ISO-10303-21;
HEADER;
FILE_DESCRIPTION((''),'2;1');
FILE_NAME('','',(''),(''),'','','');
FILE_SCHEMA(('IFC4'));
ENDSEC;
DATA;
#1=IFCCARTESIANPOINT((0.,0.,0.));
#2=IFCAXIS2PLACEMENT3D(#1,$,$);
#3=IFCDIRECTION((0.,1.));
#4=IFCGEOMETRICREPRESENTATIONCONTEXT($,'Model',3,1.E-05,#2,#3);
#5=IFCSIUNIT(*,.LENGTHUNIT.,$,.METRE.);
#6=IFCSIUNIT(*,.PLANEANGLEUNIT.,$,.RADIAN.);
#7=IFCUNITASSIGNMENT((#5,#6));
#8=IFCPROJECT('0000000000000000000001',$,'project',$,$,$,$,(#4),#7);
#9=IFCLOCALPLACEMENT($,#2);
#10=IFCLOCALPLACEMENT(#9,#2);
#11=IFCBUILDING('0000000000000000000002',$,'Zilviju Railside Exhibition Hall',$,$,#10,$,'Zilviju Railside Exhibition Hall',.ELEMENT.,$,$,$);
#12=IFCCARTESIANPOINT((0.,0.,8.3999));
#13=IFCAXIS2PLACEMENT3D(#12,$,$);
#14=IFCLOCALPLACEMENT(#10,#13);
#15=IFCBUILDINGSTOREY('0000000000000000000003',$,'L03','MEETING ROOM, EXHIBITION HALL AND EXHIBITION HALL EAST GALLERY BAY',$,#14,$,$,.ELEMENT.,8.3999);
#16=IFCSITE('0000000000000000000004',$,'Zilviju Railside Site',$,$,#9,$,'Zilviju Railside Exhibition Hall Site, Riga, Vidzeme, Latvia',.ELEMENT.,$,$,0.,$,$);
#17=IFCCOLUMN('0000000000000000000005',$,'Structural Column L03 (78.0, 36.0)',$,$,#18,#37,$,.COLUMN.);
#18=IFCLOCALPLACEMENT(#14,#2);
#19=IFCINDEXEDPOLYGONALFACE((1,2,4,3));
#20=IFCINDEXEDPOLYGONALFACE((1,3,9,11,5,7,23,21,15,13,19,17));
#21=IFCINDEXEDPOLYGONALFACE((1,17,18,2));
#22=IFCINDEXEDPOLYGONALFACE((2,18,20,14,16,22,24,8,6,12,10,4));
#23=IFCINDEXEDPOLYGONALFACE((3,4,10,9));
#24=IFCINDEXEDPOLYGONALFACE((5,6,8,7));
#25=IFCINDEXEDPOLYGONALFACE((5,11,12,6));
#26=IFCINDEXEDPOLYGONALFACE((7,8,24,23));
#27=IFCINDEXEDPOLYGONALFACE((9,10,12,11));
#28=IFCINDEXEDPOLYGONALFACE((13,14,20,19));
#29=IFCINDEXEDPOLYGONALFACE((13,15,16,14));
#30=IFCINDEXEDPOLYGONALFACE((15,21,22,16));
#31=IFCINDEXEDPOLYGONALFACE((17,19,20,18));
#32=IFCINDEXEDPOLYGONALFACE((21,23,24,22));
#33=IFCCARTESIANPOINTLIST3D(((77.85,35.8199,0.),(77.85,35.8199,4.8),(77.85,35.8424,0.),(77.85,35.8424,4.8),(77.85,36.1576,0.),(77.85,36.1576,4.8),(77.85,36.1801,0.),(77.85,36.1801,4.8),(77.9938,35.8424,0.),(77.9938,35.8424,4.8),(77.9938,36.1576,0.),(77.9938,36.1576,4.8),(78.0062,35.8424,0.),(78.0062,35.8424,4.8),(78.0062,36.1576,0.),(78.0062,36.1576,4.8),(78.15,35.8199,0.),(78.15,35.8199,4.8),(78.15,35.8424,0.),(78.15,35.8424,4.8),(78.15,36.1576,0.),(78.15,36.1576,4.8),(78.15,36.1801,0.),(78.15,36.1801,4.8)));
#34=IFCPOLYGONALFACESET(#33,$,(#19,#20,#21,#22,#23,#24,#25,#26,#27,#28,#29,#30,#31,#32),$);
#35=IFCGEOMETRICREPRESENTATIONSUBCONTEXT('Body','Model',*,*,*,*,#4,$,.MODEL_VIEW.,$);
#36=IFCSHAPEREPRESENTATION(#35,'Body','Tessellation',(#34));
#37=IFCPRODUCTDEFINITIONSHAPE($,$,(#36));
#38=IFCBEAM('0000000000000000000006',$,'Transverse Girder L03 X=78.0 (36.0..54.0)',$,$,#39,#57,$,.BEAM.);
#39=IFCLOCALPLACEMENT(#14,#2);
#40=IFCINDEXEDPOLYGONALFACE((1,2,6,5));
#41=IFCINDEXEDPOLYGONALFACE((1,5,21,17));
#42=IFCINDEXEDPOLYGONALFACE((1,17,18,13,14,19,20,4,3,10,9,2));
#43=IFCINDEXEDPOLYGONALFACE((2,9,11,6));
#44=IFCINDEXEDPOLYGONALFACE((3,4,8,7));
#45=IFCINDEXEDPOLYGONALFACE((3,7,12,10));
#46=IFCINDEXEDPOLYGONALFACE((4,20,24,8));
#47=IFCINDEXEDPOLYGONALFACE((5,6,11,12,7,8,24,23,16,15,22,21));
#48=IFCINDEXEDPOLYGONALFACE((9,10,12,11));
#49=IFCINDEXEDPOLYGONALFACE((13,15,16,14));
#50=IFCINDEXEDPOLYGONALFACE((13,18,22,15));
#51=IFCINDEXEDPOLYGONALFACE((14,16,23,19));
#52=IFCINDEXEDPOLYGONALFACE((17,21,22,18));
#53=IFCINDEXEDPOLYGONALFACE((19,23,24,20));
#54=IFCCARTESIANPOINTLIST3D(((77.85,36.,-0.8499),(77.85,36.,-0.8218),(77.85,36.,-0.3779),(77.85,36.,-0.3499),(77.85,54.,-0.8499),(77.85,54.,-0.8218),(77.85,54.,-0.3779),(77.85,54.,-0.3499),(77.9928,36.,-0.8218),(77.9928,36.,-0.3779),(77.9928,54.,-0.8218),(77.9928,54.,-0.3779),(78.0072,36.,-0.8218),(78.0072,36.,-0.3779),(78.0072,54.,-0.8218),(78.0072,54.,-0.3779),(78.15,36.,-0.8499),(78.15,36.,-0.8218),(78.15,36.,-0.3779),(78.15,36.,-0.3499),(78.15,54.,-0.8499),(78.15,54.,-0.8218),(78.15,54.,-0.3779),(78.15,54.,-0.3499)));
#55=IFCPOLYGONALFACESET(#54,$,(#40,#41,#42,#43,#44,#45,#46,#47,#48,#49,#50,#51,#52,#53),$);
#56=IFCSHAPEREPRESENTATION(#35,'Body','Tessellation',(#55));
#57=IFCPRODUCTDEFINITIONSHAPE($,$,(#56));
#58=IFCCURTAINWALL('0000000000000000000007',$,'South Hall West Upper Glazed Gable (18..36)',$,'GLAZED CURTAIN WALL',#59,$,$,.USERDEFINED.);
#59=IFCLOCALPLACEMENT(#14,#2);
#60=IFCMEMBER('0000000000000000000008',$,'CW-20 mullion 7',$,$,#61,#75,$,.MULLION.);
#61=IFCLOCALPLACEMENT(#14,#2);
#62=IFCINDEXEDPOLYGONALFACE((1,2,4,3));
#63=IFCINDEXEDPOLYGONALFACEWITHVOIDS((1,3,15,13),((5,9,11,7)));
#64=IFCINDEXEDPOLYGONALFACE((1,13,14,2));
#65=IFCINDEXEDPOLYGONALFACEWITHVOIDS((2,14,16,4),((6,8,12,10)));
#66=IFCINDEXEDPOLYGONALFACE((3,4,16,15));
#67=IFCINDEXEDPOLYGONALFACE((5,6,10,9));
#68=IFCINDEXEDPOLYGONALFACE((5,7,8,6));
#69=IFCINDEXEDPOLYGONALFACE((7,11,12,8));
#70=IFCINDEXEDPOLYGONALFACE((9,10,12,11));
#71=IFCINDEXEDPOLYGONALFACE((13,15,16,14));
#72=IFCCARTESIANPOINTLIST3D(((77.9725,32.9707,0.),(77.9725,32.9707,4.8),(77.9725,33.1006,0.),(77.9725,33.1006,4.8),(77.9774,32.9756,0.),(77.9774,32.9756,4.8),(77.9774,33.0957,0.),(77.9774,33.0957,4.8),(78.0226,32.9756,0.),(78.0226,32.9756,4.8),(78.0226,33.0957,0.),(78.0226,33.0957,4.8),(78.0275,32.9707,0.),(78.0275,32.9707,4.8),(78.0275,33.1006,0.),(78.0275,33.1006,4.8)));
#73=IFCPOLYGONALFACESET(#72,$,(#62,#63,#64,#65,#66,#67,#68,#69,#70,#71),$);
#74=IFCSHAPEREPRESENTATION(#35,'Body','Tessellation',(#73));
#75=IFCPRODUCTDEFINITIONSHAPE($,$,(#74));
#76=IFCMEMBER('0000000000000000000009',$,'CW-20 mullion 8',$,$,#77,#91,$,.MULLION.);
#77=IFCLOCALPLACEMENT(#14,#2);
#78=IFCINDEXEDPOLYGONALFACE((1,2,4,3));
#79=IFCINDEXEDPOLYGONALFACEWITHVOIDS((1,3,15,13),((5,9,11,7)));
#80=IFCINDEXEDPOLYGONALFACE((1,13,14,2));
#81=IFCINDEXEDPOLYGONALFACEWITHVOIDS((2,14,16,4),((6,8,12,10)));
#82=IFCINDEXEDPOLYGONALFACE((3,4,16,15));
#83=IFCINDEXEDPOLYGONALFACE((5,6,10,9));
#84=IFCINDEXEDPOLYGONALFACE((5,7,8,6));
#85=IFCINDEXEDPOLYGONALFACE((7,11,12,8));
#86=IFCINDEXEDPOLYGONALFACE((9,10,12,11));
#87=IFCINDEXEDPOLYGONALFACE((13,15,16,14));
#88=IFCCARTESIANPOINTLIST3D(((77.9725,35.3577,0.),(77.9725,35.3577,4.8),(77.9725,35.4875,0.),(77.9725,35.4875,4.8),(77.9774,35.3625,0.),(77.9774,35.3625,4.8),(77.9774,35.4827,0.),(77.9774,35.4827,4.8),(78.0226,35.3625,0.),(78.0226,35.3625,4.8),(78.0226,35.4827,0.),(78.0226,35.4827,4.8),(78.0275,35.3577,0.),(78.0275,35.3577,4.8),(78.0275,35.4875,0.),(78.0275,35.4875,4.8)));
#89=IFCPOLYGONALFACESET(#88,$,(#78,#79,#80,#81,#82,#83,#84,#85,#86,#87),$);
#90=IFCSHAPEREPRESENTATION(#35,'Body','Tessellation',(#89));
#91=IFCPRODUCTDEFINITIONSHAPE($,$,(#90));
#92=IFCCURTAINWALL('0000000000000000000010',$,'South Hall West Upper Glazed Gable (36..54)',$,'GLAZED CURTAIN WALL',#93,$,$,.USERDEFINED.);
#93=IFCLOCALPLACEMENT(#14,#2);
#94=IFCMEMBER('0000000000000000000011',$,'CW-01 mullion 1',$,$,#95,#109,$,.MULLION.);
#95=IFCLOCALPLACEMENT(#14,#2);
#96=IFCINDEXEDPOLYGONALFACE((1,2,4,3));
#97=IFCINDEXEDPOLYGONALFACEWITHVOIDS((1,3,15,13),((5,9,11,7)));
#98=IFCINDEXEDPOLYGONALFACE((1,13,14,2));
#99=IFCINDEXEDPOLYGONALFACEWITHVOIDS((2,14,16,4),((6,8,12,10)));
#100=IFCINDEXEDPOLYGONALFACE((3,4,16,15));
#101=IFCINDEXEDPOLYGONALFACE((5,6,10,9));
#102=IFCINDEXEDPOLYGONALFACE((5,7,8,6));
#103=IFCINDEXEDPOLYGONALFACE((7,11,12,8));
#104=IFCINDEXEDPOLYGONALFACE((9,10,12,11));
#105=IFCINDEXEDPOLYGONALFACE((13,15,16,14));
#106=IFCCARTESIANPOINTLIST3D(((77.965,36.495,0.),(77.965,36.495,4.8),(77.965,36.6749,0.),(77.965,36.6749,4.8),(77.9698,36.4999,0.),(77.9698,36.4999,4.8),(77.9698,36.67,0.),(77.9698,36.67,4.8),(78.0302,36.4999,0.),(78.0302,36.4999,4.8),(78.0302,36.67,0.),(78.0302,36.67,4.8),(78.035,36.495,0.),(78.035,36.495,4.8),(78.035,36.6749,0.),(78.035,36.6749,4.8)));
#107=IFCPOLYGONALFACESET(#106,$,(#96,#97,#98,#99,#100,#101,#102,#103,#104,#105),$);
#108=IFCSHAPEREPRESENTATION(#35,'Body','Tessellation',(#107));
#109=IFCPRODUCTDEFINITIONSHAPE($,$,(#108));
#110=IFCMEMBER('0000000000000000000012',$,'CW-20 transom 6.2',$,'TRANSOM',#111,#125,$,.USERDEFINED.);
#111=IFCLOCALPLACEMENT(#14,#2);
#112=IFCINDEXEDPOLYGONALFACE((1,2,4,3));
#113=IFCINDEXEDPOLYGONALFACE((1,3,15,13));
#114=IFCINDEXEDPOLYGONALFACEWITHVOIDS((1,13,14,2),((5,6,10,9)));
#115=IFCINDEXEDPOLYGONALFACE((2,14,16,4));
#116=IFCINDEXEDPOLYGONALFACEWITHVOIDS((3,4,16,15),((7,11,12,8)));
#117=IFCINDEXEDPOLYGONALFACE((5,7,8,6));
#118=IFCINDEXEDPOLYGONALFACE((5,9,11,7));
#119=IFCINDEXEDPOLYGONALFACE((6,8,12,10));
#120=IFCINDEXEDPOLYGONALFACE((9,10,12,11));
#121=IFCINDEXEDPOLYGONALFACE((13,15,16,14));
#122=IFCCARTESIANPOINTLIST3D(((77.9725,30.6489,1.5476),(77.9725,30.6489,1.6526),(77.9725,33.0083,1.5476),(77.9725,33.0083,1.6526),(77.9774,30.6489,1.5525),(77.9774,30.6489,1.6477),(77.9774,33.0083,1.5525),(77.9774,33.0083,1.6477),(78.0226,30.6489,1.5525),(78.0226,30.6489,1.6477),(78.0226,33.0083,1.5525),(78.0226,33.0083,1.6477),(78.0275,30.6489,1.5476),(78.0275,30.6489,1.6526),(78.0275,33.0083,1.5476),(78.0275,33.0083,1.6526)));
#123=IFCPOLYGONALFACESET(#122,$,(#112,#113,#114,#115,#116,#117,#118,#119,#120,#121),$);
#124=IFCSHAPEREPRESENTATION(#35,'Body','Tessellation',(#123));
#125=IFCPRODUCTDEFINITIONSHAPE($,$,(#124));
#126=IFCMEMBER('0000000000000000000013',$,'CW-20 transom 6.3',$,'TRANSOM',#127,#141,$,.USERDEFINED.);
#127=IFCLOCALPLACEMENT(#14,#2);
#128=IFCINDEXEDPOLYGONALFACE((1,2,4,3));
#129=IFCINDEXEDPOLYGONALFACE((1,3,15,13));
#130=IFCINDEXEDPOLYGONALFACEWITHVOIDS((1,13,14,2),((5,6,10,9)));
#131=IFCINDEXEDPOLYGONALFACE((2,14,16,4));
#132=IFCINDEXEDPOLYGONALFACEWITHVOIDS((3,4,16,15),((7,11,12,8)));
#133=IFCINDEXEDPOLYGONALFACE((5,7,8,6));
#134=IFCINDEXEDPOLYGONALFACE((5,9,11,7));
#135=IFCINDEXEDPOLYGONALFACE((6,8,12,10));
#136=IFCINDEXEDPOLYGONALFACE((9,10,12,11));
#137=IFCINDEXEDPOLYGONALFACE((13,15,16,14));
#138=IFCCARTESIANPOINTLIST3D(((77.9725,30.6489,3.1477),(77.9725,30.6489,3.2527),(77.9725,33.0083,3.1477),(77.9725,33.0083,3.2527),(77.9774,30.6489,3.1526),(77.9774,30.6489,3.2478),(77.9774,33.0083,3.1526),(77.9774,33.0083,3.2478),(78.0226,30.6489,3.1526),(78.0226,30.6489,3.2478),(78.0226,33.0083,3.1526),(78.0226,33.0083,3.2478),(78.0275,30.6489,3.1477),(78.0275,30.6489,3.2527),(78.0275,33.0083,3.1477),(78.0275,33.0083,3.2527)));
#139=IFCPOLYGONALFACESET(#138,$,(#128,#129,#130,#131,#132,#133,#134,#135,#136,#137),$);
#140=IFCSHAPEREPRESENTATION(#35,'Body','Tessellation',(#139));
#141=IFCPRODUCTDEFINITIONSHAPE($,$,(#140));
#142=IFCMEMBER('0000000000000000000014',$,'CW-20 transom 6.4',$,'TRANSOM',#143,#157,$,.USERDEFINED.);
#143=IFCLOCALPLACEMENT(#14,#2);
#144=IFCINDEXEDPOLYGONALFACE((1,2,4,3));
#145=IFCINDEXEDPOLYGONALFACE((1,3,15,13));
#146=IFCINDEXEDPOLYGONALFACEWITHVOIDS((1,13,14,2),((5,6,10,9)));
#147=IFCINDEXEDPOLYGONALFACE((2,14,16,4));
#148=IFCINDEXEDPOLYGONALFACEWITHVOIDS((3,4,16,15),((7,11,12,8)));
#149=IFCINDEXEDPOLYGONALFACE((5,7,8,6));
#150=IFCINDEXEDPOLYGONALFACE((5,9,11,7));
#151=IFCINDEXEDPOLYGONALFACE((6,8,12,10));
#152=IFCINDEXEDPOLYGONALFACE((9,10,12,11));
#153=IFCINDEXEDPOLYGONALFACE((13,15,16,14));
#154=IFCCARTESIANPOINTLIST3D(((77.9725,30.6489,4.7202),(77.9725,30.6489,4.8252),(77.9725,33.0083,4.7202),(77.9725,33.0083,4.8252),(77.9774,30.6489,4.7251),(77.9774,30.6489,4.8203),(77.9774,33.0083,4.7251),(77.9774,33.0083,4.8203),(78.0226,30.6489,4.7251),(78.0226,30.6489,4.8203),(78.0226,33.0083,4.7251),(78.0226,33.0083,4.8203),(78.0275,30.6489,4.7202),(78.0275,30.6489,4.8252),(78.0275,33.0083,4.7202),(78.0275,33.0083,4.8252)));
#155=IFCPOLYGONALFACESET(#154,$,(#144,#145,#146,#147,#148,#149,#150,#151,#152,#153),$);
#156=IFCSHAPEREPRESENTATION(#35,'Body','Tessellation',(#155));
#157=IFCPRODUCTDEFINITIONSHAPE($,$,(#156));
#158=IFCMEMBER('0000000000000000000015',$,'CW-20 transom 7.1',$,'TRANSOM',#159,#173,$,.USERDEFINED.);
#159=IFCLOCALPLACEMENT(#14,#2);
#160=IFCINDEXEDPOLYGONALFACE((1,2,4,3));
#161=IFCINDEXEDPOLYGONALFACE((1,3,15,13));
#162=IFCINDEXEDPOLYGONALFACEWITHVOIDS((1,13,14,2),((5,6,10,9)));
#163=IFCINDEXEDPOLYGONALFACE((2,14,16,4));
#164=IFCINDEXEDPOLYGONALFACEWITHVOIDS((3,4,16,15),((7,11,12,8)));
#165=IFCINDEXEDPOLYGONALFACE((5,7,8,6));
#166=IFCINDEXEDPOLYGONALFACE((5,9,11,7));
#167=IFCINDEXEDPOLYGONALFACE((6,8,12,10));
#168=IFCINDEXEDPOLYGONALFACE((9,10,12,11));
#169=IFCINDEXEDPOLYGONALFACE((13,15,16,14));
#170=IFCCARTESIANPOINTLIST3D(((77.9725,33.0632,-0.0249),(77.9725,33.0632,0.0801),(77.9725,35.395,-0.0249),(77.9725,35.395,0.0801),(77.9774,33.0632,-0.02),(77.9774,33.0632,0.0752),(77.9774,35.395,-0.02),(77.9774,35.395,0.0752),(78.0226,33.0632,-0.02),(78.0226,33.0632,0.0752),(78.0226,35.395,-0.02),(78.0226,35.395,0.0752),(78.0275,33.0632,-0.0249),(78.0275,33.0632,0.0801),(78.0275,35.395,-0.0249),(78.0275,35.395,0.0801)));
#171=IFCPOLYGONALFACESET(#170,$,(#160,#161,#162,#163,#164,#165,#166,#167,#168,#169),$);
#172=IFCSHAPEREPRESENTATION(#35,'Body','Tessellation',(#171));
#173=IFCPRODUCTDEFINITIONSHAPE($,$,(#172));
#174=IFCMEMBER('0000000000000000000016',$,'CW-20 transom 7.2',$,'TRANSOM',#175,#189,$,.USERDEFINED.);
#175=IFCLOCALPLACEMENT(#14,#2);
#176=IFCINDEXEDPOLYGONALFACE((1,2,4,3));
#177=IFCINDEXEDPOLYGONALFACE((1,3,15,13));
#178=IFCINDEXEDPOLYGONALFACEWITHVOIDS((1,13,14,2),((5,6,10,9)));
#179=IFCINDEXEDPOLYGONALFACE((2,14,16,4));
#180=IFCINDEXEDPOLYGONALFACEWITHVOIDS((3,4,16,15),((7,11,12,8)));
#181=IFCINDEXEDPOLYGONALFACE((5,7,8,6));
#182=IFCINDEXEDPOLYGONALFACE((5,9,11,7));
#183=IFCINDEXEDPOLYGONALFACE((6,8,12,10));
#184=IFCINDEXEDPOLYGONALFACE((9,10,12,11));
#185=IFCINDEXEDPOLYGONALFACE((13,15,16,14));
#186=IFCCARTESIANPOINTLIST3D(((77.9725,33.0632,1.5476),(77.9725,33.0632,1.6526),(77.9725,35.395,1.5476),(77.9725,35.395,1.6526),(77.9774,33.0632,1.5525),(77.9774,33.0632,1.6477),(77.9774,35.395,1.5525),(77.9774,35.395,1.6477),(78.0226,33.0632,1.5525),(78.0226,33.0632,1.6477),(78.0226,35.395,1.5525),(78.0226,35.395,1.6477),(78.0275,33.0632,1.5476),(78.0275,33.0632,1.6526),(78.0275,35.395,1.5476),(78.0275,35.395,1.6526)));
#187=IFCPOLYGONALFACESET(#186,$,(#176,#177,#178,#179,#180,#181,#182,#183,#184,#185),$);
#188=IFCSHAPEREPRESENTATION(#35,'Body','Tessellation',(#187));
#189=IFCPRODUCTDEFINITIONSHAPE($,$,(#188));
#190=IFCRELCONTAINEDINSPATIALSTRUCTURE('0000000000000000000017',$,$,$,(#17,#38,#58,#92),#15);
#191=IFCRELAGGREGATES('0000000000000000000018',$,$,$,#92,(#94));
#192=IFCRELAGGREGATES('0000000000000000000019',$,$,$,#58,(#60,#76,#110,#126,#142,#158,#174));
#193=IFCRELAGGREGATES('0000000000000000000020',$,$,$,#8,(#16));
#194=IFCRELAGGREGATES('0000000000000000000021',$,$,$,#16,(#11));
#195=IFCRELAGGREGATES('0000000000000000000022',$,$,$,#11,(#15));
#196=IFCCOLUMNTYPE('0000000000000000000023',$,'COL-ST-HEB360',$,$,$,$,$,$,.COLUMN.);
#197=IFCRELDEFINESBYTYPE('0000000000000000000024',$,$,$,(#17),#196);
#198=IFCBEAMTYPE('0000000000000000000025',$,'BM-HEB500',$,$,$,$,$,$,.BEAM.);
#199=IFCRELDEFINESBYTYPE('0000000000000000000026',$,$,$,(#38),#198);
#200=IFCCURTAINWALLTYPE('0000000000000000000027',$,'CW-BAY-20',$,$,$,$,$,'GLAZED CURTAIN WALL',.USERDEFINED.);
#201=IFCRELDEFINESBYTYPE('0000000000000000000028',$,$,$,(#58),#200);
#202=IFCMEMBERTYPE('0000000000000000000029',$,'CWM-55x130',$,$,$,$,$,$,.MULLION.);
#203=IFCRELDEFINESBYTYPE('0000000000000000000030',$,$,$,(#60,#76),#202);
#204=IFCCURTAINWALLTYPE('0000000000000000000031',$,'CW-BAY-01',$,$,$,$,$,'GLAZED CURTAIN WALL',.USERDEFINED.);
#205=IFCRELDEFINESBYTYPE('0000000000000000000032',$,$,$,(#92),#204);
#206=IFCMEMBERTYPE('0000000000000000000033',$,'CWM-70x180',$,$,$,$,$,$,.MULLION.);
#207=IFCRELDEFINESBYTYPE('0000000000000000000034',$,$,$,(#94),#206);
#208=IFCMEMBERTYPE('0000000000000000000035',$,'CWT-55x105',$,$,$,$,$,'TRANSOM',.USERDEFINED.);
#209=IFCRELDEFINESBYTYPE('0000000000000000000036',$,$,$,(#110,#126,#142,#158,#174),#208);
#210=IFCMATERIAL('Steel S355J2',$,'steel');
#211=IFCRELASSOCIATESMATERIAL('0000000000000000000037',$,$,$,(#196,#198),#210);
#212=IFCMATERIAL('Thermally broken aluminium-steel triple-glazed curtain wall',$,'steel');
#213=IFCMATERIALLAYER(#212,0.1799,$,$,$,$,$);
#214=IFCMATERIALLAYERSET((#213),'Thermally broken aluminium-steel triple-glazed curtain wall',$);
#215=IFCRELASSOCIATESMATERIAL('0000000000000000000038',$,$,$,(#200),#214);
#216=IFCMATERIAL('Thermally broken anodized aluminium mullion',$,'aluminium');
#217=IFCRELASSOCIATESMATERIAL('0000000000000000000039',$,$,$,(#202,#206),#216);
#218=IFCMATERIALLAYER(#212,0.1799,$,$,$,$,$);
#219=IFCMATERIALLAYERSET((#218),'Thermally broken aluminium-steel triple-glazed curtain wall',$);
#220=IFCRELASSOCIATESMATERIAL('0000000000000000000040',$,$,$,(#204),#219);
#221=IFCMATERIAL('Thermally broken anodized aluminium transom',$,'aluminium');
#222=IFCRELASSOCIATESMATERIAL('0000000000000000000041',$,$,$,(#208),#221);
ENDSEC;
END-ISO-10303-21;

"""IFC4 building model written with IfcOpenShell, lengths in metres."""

from ifc_helpers import new_model, si_unit, direction, frame, origin, origin_2d, place, context, subcontext, project, spatial, hollow_rectangle, i_section, extrude, material, layer, layer_set, material_profile, profile_set, type_object, element, aggregate, save


model = new_model("IFC4")

# Units and contexts
model_context = context("Model", 3, precision=1e-05, world=origin(), true_north=direction((0.0, 1.0)))
body_context = subcontext(model_context, "Body", "Model", "MODEL_VIEW")
ifc_project = project(units=[si_unit("LENGTHUNIT", "METRE"), si_unit("PLANEANGLEUNIT", "RADIAN")], contexts=[model_context])

# Site, building, storey
site_placement = place(None, origin())
site = spatial("IfcSite", under=ifc_project, at=site_placement, Name="Zilviju Railside Site", LongName="Zilviju Railside Exhibition Hall Site, Riga, Vidzeme, Latvia", CompositionType="ELEMENT", RefElevation=0.0)
building_placement = place(site_placement, origin())
building = spatial("IfcBuilding", under=site, at=building_placement, Name="Zilviju Railside Exhibition Hall", LongName="Zilviju Railside Exhibition Hall", CompositionType="ELEMENT")
storey_placement = place(building_placement, frame((0.0, 0.0, 8.3999)))
storey = spatial("IfcBuildingStorey", under=building, at=storey_placement, Name="L03", Description="MEETING ROOM, EXHIBITION HALL AND EXHIBITION HALL EAST GALLERY BAY", CompositionType="ELEMENT", Elevation=8.3999)

# Column
ifc_material_1 = material(Name="Steel S355J2", Category="steel")
ifc_material_profile_1 = material_profile(ifc_material_1, i_section(OverallWidth=0.3, OverallDepth=0.3601, WebThickness=0.0125, FlangeThickness=0.0225, at=origin_2d()), Name="HEB 360")
ifc_profile_set_1 = profile_set([ifc_material_profile_1], Name="Steel S355J2")
column_type = type_object("IfcColumnType", Name="COL-ST-HEB360", PredefinedType="COLUMN", material=ifc_profile_set_1)
column_placement = place(storey_placement, frame((78.0, 36.0, 0.0), z_axis=(0.0, 0.0, 1.0), x_axis=(1.0, 0.0, 0.0)))
element("IfcColumn", 1, at=column_placement, inside=storey, type_object=column_type, Name="Structural Column L03 (78.0, 36.0)", PredefinedType="COLUMN", context=body_context, shape_type="SweptSolid", body=[
    extrude(i_section(OverallWidth=0.3, OverallDepth=0.3601, WebThickness=0.0125, FlangeThickness=0.0225, at=origin_2d()), origin(), (0.0, 0.0, 1.0), 4.8),
])

# Beam
ifc_material_profile_2 = material_profile(ifc_material_1, i_section(OverallWidth=0.3, OverallDepth=0.5, WebThickness=0.0144, FlangeThickness=0.0281, at=origin_2d()), Name="HEB 500")
ifc_profile_set_2 = profile_set([ifc_material_profile_2], Name="Steel S355J2")
beam_type = type_object("IfcBeamType", Name="BM-HEB500", PredefinedType="BEAM", material=ifc_profile_set_2)
beam_placement = place(storey_placement, frame((78.0, 36.0, -0.5999), z_axis=(0.0, 1.0, 0.0), x_axis=(-1.0, 0.0, 0.0)))
element("IfcBeam", 2, at=beam_placement, inside=storey, type_object=beam_type, Name="Transverse Girder L03 X=78.0 (36.0..54.0)", PredefinedType="BEAM", context=body_context, shape_type="SweptSolid", body=[
    extrude(i_section(OverallWidth=0.3, OverallDepth=0.5, WebThickness=0.0144, FlangeThickness=0.0281, at=origin_2d()), origin(), (0.0, 0.0, 1.0), 18.0),
])

# Curtain wall, members
ifc_material_2 = material(Name="Thermally broken aluminium-steel triple-glazed curtain wall", Category="steel")
ifc_layer_1 = layer(ifc_material_2, 0.1799)
ifc_layer_set_1 = layer_set([ifc_layer_1], Name="Thermally broken aluminium-steel triple-glazed curtain wall")
curtain_wall_type_1 = type_object("IfcCurtainWallType", Name="CW-BAY-20", ElementType="GLAZED CURTAIN WALL", PredefinedType="USERDEFINED", material=ifc_layer_set_1)
curtain_wall_1_placement = place(storey_placement, origin())
curtain_wall_1 = element("IfcCurtainWall", 3, at=curtain_wall_1_placement, inside=storey, type_object=curtain_wall_type_1, Name="South Hall West Upper Glazed Gable (18..36)", ObjectType="GLAZED CURTAIN WALL", PredefinedType="USERDEFINED")
ifc_material_3 = material(Name="Thermally broken anodized aluminium mullion", Category="aluminium")
ifc_material_profile_3 = material_profile(ifc_material_3, hollow_rectangle(XDim=0.0549, YDim=0.1299, WallThickness=0.0049, at=origin_2d()), Name="MULLION 130x55x5")
ifc_profile_set_3 = profile_set([ifc_material_profile_3], Name="Thermally broken anodized aluminium mullion")
member_type_1 = type_object("IfcMemberType", Name="CWM-55x130", PredefinedType="MULLION", material=ifc_profile_set_3)
member_1_placement = place(storey_placement, frame((78.0, 33.0356, 0.0), z_axis=(0.0, 0.0, 1.0), x_axis=(-1.0, 0.0, 0.0)))
member_1 = element("IfcMember", 4, at=member_1_placement, type_object=member_type_1, Name="CW-20 mullion 7", PredefinedType="MULLION", context=body_context, shape_type="SweptSolid", body=[
    extrude(hollow_rectangle(XDim=0.0549, YDim=0.1299, WallThickness=0.0049, at=origin_2d()), origin(), (0.0, 0.0, 1.0), 4.8),
])
member_2_placement = place(storey_placement, frame((78.0, 35.4226, 0.0), z_axis=(0.0, 0.0, 1.0), x_axis=(-1.0, 0.0, 0.0)))
member_2 = element("IfcMember", 5, at=member_2_placement, type_object=member_type_1, Name="CW-20 mullion 8", PredefinedType="MULLION", context=body_context, shape_type="SweptSolid", body=[
    extrude(hollow_rectangle(XDim=0.0549, YDim=0.1299, WallThickness=0.0049, at=origin_2d()), origin(), (0.0, 0.0, 1.0), 4.8),
])

# Curtain wall, member
ifc_layer_2 = layer(ifc_material_2, 0.1799)
ifc_layer_set_2 = layer_set([ifc_layer_2], Name="Thermally broken aluminium-steel triple-glazed curtain wall")
curtain_wall_type_2 = type_object("IfcCurtainWallType", Name="CW-BAY-01", ElementType="GLAZED CURTAIN WALL", PredefinedType="USERDEFINED", material=ifc_layer_set_2)
curtain_wall_2_placement = place(storey_placement, origin())
curtain_wall_2 = element("IfcCurtainWall", 6, at=curtain_wall_2_placement, inside=storey, type_object=curtain_wall_type_2, Name="South Hall West Upper Glazed Gable (36..54)", ObjectType="GLAZED CURTAIN WALL", PredefinedType="USERDEFINED")
ifc_material_profile_4 = material_profile(ifc_material_3, hollow_rectangle(XDim=0.0701, YDim=0.1799, WallThickness=0.0049, at=origin_2d()), Name="MULLION 180x70x5")
ifc_profile_set_4 = profile_set([ifc_material_profile_4], Name="Thermally broken anodized aluminium mullion")
member_type_2 = type_object("IfcMemberType", Name="CWM-70x180", PredefinedType="MULLION", material=ifc_profile_set_4)
member_3_placement = place(storey_placement, frame((78.0, 36.585, 0.0), z_axis=(0.0, 0.0, 1.0), x_axis=(-1.0, 0.0, 0.0)))
member_3 = element("IfcMember", 7, at=member_3_placement, type_object=member_type_2, Name="CW-01 mullion 1", PredefinedType="MULLION", context=body_context, shape_type="SweptSolid", body=[
    extrude(hollow_rectangle(XDim=0.0701, YDim=0.1799, WallThickness=0.0049, at=origin_2d()), origin(), (0.0, 0.0, 1.0), 4.8),
])

# Members
ifc_material_4 = material(Name="Thermally broken anodized aluminium transom", Category="aluminium")
ifc_material_profile_5 = material_profile(ifc_material_4, hollow_rectangle(XDim=0.0549, YDim=0.105, WallThickness=0.0049, at=origin_2d()), Name="TRANSOM 105x55x5")
ifc_profile_set_5 = profile_set([ifc_material_profile_5], Name="Thermally broken anodized aluminium transom")
member_type_3 = type_object("IfcMemberType", Name="CWT-55x105", ElementType="TRANSOM", PredefinedType="USERDEFINED", material=ifc_profile_set_5)
member_4_placement = place(storey_placement, frame((78.0, 30.6489, 1.6001), z_axis=(0.0, 1.0, 0.0), x_axis=(-1.0, 0.0, 0.0)))
member_4 = element("IfcMember", 8, at=member_4_placement, type_object=member_type_3, Name="CW-20 transom 6.2", ObjectType="TRANSOM", PredefinedType="USERDEFINED", context=body_context, shape_type="SweptSolid", body=[
    extrude(hollow_rectangle(XDim=0.0549, YDim=0.105, WallThickness=0.0049, at=origin_2d()), origin(), (0.0, 0.0, 1.0), 2.3594),
])
member_5_placement = place(storey_placement, frame((78.0, 30.6489, 3.2002), z_axis=(0.0, 1.0, 0.0), x_axis=(-1.0, 0.0, 0.0)))
member_5 = element("IfcMember", 9, at=member_5_placement, type_object=member_type_3, Name="CW-20 transom 6.3", ObjectType="TRANSOM", PredefinedType="USERDEFINED", context=body_context, shape_type="SweptSolid", body=[
    extrude(hollow_rectangle(XDim=0.0549, YDim=0.105, WallThickness=0.0049, at=origin_2d()), origin(), (0.0, 0.0, 1.0), 2.3594),
])
member_6_placement = place(storey_placement, frame((78.0, 30.6489, 4.7727), z_axis=(0.0, 1.0, 0.0), x_axis=(-1.0, 0.0, 0.0)))
member_6 = element("IfcMember", 10, at=member_6_placement, type_object=member_type_3, Name="CW-20 transom 6.4", ObjectType="TRANSOM", PredefinedType="USERDEFINED", context=body_context, shape_type="SweptSolid", body=[
    extrude(hollow_rectangle(XDim=0.0549, YDim=0.105, WallThickness=0.0049, at=origin_2d()), origin(), (0.0, 0.0, 1.0), 2.3594),
])
member_7_placement = place(storey_placement, frame((78.0, 33.0632, 0.0276), z_axis=(0.0, 1.0, 0.0), x_axis=(-1.0, 0.0, 0.0)))
member_7 = element("IfcMember", 11, at=member_7_placement, type_object=member_type_3, Name="CW-20 transom 7.1", ObjectType="TRANSOM", PredefinedType="USERDEFINED", context=body_context, shape_type="SweptSolid", body=[
    extrude(hollow_rectangle(XDim=0.0549, YDim=0.105, WallThickness=0.0049, at=origin_2d()), origin(), (0.0, 0.0, 1.0), 2.3318),
])
member_8_placement = place(storey_placement, frame((78.0, 33.0632, 1.6001), z_axis=(0.0, 1.0, 0.0), x_axis=(-1.0, 0.0, 0.0)))
member_8 = element("IfcMember", 12, at=member_8_placement, type_object=member_type_3, Name="CW-20 transom 7.2", ObjectType="TRANSOM", PredefinedType="USERDEFINED", context=body_context, shape_type="SweptSolid", body=[
    extrude(hollow_rectangle(XDim=0.0549, YDim=0.105, WallThickness=0.0049, at=origin_2d()), origin(), (0.0, 0.0, 1.0), 2.3318),
])
aggregate(curtain_wall_2, [member_3])

aggregate(curtain_wall_1, [member_1, member_2, member_4, member_5, member_6, member_7, member_8])

save(model, "model.ifc")
